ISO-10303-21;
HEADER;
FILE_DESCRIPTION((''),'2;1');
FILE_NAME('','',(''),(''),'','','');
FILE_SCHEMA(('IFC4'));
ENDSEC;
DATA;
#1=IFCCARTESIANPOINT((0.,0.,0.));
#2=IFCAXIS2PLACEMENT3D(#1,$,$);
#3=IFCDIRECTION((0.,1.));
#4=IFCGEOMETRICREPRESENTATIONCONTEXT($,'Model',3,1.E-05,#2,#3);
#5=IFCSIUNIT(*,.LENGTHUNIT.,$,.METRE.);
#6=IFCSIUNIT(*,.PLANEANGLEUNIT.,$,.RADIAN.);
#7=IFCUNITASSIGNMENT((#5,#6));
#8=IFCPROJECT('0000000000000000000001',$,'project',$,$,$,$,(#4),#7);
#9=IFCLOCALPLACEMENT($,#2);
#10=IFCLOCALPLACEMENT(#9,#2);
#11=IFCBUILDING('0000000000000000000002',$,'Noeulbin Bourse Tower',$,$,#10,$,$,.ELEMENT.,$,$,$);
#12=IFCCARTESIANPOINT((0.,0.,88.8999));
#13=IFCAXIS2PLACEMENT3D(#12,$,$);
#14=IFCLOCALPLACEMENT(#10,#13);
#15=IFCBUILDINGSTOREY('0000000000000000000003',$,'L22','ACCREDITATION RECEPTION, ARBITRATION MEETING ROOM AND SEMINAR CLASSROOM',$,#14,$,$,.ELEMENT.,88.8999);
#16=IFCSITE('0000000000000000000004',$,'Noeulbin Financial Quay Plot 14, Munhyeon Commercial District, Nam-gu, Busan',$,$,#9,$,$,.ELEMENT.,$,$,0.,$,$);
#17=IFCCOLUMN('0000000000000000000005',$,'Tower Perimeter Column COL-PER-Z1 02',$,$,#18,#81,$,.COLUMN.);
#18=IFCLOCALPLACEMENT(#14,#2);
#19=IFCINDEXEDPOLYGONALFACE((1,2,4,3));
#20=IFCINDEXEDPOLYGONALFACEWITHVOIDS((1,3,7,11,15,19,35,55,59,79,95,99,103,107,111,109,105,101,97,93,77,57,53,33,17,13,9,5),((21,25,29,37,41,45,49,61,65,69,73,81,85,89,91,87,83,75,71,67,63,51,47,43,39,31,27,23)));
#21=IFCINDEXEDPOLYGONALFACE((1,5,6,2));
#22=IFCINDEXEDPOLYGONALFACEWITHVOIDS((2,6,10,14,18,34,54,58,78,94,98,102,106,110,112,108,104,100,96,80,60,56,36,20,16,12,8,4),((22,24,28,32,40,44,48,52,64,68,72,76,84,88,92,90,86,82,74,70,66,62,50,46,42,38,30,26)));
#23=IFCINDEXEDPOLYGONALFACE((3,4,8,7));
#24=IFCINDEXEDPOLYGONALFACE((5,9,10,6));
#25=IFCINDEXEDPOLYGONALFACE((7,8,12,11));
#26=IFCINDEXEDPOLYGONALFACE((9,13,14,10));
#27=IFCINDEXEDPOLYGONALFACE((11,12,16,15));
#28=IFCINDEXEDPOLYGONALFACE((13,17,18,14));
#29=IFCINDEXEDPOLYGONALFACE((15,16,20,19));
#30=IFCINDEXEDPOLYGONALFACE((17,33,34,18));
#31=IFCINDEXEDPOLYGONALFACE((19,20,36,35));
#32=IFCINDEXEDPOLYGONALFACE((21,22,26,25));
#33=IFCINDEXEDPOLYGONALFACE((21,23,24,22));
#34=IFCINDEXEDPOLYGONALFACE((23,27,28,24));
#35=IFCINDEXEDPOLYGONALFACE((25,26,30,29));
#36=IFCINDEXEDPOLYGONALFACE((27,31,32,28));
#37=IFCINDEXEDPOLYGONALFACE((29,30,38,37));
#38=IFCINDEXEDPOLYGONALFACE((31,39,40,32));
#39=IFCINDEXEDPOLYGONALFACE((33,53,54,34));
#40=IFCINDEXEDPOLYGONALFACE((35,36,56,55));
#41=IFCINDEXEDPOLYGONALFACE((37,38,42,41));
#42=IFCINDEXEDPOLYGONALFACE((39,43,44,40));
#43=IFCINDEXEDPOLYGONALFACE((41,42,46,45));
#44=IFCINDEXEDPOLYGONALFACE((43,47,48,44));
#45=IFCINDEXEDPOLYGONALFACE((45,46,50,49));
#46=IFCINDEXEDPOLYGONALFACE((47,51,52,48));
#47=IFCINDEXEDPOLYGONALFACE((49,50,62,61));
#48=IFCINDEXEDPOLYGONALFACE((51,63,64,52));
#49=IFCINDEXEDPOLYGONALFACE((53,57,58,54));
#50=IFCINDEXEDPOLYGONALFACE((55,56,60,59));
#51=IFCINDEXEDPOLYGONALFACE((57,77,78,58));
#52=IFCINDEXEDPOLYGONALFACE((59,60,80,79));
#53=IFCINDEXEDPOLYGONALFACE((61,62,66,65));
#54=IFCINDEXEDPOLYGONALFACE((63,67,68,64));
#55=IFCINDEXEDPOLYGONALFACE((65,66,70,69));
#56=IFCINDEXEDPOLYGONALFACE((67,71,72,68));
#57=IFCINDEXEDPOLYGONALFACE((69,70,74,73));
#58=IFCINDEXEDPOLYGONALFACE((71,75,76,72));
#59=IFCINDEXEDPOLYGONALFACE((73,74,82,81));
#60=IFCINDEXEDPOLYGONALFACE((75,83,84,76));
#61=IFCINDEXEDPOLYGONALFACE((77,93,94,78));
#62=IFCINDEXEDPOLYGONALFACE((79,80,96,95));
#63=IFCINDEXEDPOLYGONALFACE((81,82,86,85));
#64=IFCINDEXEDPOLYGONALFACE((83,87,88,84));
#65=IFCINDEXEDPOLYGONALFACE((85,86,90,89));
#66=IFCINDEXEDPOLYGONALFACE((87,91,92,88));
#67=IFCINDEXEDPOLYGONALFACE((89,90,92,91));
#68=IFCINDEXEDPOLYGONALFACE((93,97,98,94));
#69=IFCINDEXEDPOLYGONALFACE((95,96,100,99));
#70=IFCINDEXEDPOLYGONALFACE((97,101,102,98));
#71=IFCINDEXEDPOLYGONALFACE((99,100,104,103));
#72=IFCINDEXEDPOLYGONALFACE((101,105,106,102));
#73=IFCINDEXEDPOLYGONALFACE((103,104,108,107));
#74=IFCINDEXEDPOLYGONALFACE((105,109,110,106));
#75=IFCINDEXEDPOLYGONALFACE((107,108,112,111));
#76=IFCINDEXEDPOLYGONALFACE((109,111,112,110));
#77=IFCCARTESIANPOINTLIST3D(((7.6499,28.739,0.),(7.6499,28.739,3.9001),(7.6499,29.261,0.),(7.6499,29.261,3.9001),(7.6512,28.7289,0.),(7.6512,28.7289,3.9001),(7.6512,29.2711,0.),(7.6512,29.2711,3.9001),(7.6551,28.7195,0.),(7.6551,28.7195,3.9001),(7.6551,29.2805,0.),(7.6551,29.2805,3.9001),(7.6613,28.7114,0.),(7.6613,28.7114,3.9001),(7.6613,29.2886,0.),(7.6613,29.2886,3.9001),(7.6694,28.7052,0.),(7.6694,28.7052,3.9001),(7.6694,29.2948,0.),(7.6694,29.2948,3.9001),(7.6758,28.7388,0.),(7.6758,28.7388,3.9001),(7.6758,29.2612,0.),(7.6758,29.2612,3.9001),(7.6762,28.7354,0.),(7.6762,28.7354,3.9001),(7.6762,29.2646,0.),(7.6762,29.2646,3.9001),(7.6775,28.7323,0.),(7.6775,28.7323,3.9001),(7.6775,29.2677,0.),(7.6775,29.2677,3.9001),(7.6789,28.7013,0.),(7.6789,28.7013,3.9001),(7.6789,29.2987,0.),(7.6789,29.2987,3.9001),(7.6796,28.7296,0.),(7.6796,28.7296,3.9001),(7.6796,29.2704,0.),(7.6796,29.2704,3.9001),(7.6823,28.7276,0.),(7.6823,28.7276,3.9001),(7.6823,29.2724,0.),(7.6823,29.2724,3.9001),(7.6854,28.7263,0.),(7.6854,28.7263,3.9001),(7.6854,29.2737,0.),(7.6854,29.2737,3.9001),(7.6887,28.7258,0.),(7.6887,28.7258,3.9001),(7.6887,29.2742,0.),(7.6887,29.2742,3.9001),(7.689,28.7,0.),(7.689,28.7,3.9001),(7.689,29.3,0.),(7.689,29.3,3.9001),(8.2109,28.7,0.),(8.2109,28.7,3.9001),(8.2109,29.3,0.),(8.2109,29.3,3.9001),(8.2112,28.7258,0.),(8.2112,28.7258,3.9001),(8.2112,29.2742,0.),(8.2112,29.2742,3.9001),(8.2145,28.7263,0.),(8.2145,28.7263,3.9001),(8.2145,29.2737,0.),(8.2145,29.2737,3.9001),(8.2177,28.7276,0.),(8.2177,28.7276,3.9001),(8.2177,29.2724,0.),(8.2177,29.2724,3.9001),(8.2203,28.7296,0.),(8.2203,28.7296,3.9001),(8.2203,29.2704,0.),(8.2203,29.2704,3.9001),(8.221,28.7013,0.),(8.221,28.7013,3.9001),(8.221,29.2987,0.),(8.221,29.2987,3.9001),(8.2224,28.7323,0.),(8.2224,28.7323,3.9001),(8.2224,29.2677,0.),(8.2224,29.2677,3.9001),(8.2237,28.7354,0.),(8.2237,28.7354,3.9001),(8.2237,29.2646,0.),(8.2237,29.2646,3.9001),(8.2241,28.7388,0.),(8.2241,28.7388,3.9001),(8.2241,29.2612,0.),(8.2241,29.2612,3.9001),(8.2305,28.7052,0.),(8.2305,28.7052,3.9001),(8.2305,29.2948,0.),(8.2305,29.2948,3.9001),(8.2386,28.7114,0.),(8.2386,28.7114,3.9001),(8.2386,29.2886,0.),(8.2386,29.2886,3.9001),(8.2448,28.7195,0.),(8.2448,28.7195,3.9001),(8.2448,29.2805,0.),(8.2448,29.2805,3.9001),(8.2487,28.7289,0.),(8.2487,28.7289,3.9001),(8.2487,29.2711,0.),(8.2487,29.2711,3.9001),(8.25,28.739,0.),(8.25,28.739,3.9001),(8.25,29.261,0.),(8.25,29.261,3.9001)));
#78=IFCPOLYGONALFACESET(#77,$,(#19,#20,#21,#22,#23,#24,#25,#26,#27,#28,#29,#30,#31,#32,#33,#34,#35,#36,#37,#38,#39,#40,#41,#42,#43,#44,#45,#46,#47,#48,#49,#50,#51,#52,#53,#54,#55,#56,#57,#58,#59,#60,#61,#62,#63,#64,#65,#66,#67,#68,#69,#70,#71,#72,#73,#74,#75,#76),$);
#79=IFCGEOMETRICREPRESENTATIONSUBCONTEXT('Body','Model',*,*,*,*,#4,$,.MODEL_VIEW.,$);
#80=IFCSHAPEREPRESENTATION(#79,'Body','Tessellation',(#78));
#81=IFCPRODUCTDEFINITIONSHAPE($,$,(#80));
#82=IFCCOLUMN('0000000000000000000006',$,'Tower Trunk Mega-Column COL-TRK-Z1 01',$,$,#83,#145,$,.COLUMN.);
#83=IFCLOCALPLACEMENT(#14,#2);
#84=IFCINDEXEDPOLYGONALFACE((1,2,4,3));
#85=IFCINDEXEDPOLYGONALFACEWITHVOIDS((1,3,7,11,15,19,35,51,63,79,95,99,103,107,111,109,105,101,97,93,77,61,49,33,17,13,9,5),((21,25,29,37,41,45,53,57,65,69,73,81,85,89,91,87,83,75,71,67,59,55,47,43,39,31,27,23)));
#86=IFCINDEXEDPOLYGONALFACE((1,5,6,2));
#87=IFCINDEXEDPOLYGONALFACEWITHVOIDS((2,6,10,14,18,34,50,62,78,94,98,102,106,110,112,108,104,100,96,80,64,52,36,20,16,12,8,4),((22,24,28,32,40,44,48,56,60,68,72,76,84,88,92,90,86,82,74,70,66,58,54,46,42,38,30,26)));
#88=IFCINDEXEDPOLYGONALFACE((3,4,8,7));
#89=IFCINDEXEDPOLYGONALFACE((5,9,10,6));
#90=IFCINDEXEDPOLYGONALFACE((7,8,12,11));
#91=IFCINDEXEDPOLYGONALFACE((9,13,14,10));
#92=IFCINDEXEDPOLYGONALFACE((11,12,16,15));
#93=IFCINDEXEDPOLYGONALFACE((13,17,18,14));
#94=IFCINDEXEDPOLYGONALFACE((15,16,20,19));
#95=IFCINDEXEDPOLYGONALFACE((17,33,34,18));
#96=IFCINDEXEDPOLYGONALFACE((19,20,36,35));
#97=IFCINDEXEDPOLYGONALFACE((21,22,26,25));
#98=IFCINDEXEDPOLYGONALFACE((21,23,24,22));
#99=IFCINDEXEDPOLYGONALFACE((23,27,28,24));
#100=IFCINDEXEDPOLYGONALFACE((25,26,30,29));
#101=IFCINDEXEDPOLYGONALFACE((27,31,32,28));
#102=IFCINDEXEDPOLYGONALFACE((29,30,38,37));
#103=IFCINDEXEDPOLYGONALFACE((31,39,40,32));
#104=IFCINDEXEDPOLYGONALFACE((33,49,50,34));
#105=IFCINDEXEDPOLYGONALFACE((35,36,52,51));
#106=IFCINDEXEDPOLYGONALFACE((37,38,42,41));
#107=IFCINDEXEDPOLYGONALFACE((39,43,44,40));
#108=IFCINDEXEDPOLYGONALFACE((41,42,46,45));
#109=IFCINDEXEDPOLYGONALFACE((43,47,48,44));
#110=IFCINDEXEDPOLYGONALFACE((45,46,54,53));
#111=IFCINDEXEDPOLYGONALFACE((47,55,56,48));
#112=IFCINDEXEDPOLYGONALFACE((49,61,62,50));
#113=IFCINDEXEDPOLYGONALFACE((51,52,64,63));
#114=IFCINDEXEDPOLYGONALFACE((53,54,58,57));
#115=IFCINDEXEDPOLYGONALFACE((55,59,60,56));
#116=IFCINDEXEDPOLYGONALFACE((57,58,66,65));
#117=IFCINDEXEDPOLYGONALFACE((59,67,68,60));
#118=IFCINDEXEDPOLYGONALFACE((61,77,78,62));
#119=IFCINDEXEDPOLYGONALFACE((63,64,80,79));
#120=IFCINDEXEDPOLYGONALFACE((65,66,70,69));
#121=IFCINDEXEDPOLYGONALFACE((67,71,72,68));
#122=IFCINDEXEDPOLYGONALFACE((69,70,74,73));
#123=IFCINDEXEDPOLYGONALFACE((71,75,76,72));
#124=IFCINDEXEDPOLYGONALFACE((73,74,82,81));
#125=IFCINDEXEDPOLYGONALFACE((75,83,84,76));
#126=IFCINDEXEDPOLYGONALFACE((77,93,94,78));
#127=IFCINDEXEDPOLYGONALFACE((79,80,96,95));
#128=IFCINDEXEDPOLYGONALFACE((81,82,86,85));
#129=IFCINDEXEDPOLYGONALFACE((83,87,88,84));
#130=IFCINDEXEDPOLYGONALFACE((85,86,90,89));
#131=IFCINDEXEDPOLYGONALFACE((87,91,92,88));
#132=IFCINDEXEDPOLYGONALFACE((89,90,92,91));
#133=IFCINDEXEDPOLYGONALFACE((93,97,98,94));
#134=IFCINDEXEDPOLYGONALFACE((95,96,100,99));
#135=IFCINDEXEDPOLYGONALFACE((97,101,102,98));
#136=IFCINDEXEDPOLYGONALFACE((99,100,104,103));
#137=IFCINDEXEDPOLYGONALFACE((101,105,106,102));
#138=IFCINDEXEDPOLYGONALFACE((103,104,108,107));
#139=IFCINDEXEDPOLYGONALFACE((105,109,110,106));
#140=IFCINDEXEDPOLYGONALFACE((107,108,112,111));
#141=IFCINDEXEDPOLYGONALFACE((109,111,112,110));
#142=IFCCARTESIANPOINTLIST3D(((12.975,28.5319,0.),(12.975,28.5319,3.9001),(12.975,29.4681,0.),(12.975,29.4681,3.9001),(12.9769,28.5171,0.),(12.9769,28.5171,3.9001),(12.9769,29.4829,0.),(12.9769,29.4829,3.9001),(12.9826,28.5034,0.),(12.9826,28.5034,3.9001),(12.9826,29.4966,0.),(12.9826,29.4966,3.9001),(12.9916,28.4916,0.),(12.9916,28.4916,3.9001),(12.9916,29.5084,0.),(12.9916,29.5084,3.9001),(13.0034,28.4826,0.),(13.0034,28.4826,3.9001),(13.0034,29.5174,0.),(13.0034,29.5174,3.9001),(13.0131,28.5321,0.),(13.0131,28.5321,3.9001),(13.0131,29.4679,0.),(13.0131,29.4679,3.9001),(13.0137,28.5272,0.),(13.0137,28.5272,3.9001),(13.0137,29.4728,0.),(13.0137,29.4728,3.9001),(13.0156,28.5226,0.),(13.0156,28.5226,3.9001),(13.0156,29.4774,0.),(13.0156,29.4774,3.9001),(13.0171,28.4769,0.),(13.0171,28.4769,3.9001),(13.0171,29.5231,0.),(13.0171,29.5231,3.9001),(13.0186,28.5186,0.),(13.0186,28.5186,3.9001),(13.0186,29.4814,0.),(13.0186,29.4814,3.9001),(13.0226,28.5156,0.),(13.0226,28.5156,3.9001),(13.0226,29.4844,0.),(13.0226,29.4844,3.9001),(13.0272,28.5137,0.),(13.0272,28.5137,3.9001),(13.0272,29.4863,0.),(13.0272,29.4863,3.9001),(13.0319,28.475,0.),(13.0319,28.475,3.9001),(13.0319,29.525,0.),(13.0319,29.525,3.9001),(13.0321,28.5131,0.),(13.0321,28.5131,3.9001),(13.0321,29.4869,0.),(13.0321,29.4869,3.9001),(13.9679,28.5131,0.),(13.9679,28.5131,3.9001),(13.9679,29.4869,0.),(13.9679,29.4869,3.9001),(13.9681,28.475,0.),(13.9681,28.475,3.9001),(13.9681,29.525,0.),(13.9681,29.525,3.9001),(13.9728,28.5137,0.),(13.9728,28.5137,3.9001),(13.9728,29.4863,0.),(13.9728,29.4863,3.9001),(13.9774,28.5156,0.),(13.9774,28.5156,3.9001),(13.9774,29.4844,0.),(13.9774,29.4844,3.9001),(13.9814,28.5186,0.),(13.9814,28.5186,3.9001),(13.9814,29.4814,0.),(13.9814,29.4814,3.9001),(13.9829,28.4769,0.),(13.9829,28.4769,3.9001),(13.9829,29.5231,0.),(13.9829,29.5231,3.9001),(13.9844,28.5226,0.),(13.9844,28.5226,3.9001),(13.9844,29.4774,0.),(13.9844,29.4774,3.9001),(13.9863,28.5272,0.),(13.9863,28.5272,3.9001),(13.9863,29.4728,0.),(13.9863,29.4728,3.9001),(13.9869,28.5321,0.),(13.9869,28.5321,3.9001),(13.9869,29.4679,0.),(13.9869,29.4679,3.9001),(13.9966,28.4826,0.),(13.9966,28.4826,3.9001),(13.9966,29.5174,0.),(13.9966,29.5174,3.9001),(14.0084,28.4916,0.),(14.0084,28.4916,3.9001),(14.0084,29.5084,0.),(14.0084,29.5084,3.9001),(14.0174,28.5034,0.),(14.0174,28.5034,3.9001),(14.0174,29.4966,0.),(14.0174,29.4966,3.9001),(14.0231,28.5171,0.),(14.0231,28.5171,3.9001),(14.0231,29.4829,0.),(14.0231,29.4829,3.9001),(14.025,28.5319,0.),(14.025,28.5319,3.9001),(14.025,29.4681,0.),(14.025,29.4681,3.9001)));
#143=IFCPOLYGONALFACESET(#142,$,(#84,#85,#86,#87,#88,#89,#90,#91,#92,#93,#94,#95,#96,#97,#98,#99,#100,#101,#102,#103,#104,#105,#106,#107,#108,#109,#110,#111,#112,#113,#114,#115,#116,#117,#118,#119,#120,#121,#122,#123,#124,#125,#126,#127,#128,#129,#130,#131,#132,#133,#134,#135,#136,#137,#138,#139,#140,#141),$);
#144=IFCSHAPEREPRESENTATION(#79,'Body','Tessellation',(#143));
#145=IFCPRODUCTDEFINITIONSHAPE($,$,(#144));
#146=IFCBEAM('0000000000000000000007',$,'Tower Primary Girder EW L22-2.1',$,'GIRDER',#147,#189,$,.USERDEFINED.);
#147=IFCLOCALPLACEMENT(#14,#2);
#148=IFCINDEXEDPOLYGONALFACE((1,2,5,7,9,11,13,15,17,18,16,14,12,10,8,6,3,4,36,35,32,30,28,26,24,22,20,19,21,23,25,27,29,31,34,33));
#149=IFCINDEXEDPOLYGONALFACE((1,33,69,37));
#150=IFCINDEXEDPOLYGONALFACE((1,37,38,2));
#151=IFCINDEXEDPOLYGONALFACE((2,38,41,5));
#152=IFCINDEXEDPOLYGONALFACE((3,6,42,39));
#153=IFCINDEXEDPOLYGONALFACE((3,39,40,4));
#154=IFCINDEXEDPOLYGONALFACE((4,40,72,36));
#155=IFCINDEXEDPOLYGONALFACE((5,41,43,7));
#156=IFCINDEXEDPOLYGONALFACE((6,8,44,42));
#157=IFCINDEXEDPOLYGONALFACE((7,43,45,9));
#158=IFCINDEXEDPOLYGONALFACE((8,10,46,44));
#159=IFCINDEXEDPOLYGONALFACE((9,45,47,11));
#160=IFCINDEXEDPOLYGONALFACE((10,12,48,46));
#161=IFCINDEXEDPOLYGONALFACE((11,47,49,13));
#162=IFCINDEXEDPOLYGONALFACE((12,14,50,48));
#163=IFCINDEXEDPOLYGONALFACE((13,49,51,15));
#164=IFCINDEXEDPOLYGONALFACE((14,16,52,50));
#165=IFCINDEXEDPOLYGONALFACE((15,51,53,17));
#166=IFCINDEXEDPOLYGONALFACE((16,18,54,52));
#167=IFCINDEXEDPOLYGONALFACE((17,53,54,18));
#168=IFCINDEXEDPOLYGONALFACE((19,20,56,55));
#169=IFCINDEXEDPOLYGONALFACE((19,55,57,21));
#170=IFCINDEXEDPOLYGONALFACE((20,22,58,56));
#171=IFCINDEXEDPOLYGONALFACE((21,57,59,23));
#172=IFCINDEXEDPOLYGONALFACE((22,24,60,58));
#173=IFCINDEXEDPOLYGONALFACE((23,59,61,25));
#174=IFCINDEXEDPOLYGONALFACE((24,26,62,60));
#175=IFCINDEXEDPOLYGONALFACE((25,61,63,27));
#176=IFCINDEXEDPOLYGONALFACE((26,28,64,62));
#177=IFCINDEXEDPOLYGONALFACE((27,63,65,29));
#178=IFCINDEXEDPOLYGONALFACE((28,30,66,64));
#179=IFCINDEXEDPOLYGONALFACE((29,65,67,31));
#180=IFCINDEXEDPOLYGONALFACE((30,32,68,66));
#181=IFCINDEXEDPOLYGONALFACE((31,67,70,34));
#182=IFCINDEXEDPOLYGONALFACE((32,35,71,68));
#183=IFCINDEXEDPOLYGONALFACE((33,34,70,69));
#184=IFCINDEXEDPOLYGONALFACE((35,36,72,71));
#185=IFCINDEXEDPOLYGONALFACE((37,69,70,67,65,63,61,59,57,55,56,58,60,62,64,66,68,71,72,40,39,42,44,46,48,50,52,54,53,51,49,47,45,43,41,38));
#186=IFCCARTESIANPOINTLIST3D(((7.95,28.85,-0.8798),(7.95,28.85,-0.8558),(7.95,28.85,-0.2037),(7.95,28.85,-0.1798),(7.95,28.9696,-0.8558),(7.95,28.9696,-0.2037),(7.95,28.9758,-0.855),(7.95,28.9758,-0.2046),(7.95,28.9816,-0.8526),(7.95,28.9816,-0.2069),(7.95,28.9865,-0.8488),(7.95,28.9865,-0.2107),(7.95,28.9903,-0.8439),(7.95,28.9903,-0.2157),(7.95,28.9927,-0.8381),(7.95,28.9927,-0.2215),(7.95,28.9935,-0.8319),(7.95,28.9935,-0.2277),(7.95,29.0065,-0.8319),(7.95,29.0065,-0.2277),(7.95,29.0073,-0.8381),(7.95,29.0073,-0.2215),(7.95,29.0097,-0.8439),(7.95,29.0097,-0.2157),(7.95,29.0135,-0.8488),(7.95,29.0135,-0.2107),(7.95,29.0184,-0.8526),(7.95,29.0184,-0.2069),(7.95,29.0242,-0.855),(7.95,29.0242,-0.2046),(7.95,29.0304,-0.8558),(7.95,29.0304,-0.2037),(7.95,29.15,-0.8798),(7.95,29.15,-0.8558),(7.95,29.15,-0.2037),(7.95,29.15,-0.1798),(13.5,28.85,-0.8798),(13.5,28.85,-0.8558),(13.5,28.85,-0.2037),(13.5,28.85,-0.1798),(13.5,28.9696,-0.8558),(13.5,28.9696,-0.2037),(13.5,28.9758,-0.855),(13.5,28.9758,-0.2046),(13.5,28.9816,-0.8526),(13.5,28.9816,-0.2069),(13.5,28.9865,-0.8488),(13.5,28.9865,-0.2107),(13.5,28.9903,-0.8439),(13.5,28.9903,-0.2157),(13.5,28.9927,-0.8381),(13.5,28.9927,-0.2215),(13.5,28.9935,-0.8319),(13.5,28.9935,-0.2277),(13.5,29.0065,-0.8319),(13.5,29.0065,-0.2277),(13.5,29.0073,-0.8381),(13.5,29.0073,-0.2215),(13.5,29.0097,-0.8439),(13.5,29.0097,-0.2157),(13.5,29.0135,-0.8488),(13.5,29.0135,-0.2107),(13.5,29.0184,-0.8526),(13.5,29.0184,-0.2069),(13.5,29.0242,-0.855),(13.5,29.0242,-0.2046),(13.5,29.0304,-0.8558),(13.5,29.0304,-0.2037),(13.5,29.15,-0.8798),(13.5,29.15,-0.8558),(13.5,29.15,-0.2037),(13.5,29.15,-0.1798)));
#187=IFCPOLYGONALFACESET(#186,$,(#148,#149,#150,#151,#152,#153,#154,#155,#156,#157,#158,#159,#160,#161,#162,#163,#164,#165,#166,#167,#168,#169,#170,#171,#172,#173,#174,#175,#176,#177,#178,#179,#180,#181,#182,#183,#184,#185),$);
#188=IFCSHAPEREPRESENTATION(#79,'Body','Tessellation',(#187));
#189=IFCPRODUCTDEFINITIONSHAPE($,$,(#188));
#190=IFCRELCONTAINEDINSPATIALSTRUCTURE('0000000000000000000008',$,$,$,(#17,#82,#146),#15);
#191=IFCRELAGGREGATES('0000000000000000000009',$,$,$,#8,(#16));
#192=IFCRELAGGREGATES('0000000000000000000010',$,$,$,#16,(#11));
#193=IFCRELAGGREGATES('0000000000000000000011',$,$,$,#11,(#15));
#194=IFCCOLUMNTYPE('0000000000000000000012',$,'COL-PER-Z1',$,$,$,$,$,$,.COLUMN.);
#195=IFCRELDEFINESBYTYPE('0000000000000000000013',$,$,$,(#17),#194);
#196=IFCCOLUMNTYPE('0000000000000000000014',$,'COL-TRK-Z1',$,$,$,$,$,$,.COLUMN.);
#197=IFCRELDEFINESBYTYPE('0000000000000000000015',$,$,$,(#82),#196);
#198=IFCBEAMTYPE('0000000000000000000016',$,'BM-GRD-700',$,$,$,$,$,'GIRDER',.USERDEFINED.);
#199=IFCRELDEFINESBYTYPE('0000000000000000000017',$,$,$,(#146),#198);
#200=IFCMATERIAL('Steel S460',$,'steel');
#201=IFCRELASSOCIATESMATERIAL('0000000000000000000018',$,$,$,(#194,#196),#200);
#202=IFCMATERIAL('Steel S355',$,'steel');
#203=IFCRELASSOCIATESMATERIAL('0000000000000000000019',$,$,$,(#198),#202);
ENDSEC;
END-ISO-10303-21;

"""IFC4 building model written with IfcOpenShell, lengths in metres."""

from ifc_helpers import new_model, si_unit, direction, frame, origin, origin_2d, place, context, subcontext, project, spatial, hollow_rectangle, i_section, extrude, material, material_profile, profile_set, type_object, element, save


model = new_model("IFC4")

# Units and contexts
model_context = context("Model", 3, precision=1e-05, world=origin(), true_north=direction((0.0, 1.0)))
body_context = subcontext(model_context, "Body", "Model", "MODEL_VIEW")
ifc_project = project(units=[si_unit("LENGTHUNIT", "METRE"), si_unit("PLANEANGLEUNIT", "RADIAN")], contexts=[model_context])

# Site, building, storey
site_placement = place(None, origin())
site = spatial("IfcSite", under=ifc_project, at=site_placement, Name="Noeulbin Financial Quay Plot 14, Munhyeon Commercial District, Nam-gu, Busan", CompositionType="ELEMENT", RefElevation=0.0)
building_placement = place(site_placement, origin())
building = spatial("IfcBuilding", under=site, at=building_placement, Name="Noeulbin Bourse Tower", CompositionType="ELEMENT")
storey_placement = place(building_placement, frame((0.0, 0.0, 88.8999)))
storey = spatial("IfcBuildingStorey", under=building, at=storey_placement, Name="L22", Description="ACCREDITATION RECEPTION, ARBITRATION MEETING ROOM AND SEMINAR CLASSROOM", CompositionType="ELEMENT", Elevation=88.8999)

# Columns
ifc_material_1 = material(Name="Steel S460", Category="steel")
ifc_material_profile_1 = material_profile(ifc_material_1, hollow_rectangle(XDim=0.6001, YDim=0.6001, WallThickness=0.0259, InnerFilletRadius=0.0129, OuterFilletRadius=0.0391, at=origin_2d()), Name="BOX-600x600x26", Category="LoadBearing")
ifc_profile_set_1 = profile_set([ifc_material_profile_1], Name="Steel S460")
column_type_1 = type_object("IfcColumnType", Name="COL-PER-Z1", PredefinedType="COLUMN", material=ifc_profile_set_1)
column_1_placement = place(storey_placement, frame((7.95, 29.0, 0.0), z_axis=(0.0, 0.0, 1.0), x_axis=(1.0, 0.0, 0.0)))
element("IfcColumn", 1, at=column_1_placement, inside=storey, type_object=column_type_1, Name="Tower Perimeter Column COL-PER-Z1 02", PredefinedType="COLUMN", context=body_context, shape_type="SweptSolid", body=[
    extrude(hollow_rectangle(XDim=0.6001, YDim=0.6001, WallThickness=0.0259, InnerFilletRadius=0.0129, OuterFilletRadius=0.0391, at=origin_2d()), origin(), (0.0, 0.0, 1.0), 3.9001),
])
ifc_material_profile_2 = material_profile(ifc_material_1, hollow_rectangle(XDim=1.05, YDim=1.05, WallThickness=0.0381, InnerFilletRadius=0.019, OuterFilletRadius=0.0569, at=origin_2d()), Name="BOX-1050x1050x38", Category="LoadBearing")
ifc_profile_set_2 = profile_set([ifc_material_profile_2], Name="Steel S460")
column_type_2 = type_object("IfcColumnType", Name="COL-TRK-Z1", PredefinedType="COLUMN", material=ifc_profile_set_2)
column_2_placement = place(storey_placement, frame((13.5, 29.0, 0.0), z_axis=(0.0, 0.0, 1.0), x_axis=(1.0, 0.0, 0.0)))
element("IfcColumn", 2, at=column_2_placement, inside=storey, type_object=column_type_2, Name="Tower Trunk Mega-Column COL-TRK-Z1 01", PredefinedType="COLUMN", context=body_context, shape_type="SweptSolid", body=[
    extrude(hollow_rectangle(XDim=1.05, YDim=1.05, WallThickness=0.0381, InnerFilletRadius=0.019, OuterFilletRadius=0.0569, at=origin_2d()), origin(), (0.0, 0.0, 1.0), 3.9001),
])

# Beam
ifc_material_2 = material(Name="Steel S355", Category="steel")
ifc_material_profile_3 = material_profile(ifc_material_2, i_section(OverallWidth=0.3, OverallDepth=0.7, WebThickness=0.0129, FlangeThickness=0.0239, FilletRadius=0.0239, at=origin_2d()), Name="H-700x300x13x24", Category="LoadBearing")
ifc_profile_set_3 = profile_set([ifc_material_profile_3], Name="Steel S355")
beam_type_1 = type_object("IfcBeamType", Name="BM-GRD-700", ElementType="GIRDER", PredefinedType="USERDEFINED", material=ifc_profile_set_3)
beam_1_placement = place(storey_placement, frame((7.95, 29.0, -0.5298), z_axis=(1.0, 0.0, 0.0), x_axis=(0.0, 1.0, 0.0)))
element("IfcBeam", 3, at=beam_1_placement, inside=storey, type_object=beam_type_1, Name="Tower Primary Girder EW L22-2.1", ObjectType="GIRDER", PredefinedType="USERDEFINED", context=body_context, shape_type="SweptSolid", body=[
    extrude(i_section(OverallWidth=0.3, OverallDepth=0.7, WebThickness=0.0129, FlangeThickness=0.0239, FilletRadius=0.0239, at=origin_2d()), origin(), (0.0, 0.0, 1.0), 5.55),
])

save(model, "model.ifc")
